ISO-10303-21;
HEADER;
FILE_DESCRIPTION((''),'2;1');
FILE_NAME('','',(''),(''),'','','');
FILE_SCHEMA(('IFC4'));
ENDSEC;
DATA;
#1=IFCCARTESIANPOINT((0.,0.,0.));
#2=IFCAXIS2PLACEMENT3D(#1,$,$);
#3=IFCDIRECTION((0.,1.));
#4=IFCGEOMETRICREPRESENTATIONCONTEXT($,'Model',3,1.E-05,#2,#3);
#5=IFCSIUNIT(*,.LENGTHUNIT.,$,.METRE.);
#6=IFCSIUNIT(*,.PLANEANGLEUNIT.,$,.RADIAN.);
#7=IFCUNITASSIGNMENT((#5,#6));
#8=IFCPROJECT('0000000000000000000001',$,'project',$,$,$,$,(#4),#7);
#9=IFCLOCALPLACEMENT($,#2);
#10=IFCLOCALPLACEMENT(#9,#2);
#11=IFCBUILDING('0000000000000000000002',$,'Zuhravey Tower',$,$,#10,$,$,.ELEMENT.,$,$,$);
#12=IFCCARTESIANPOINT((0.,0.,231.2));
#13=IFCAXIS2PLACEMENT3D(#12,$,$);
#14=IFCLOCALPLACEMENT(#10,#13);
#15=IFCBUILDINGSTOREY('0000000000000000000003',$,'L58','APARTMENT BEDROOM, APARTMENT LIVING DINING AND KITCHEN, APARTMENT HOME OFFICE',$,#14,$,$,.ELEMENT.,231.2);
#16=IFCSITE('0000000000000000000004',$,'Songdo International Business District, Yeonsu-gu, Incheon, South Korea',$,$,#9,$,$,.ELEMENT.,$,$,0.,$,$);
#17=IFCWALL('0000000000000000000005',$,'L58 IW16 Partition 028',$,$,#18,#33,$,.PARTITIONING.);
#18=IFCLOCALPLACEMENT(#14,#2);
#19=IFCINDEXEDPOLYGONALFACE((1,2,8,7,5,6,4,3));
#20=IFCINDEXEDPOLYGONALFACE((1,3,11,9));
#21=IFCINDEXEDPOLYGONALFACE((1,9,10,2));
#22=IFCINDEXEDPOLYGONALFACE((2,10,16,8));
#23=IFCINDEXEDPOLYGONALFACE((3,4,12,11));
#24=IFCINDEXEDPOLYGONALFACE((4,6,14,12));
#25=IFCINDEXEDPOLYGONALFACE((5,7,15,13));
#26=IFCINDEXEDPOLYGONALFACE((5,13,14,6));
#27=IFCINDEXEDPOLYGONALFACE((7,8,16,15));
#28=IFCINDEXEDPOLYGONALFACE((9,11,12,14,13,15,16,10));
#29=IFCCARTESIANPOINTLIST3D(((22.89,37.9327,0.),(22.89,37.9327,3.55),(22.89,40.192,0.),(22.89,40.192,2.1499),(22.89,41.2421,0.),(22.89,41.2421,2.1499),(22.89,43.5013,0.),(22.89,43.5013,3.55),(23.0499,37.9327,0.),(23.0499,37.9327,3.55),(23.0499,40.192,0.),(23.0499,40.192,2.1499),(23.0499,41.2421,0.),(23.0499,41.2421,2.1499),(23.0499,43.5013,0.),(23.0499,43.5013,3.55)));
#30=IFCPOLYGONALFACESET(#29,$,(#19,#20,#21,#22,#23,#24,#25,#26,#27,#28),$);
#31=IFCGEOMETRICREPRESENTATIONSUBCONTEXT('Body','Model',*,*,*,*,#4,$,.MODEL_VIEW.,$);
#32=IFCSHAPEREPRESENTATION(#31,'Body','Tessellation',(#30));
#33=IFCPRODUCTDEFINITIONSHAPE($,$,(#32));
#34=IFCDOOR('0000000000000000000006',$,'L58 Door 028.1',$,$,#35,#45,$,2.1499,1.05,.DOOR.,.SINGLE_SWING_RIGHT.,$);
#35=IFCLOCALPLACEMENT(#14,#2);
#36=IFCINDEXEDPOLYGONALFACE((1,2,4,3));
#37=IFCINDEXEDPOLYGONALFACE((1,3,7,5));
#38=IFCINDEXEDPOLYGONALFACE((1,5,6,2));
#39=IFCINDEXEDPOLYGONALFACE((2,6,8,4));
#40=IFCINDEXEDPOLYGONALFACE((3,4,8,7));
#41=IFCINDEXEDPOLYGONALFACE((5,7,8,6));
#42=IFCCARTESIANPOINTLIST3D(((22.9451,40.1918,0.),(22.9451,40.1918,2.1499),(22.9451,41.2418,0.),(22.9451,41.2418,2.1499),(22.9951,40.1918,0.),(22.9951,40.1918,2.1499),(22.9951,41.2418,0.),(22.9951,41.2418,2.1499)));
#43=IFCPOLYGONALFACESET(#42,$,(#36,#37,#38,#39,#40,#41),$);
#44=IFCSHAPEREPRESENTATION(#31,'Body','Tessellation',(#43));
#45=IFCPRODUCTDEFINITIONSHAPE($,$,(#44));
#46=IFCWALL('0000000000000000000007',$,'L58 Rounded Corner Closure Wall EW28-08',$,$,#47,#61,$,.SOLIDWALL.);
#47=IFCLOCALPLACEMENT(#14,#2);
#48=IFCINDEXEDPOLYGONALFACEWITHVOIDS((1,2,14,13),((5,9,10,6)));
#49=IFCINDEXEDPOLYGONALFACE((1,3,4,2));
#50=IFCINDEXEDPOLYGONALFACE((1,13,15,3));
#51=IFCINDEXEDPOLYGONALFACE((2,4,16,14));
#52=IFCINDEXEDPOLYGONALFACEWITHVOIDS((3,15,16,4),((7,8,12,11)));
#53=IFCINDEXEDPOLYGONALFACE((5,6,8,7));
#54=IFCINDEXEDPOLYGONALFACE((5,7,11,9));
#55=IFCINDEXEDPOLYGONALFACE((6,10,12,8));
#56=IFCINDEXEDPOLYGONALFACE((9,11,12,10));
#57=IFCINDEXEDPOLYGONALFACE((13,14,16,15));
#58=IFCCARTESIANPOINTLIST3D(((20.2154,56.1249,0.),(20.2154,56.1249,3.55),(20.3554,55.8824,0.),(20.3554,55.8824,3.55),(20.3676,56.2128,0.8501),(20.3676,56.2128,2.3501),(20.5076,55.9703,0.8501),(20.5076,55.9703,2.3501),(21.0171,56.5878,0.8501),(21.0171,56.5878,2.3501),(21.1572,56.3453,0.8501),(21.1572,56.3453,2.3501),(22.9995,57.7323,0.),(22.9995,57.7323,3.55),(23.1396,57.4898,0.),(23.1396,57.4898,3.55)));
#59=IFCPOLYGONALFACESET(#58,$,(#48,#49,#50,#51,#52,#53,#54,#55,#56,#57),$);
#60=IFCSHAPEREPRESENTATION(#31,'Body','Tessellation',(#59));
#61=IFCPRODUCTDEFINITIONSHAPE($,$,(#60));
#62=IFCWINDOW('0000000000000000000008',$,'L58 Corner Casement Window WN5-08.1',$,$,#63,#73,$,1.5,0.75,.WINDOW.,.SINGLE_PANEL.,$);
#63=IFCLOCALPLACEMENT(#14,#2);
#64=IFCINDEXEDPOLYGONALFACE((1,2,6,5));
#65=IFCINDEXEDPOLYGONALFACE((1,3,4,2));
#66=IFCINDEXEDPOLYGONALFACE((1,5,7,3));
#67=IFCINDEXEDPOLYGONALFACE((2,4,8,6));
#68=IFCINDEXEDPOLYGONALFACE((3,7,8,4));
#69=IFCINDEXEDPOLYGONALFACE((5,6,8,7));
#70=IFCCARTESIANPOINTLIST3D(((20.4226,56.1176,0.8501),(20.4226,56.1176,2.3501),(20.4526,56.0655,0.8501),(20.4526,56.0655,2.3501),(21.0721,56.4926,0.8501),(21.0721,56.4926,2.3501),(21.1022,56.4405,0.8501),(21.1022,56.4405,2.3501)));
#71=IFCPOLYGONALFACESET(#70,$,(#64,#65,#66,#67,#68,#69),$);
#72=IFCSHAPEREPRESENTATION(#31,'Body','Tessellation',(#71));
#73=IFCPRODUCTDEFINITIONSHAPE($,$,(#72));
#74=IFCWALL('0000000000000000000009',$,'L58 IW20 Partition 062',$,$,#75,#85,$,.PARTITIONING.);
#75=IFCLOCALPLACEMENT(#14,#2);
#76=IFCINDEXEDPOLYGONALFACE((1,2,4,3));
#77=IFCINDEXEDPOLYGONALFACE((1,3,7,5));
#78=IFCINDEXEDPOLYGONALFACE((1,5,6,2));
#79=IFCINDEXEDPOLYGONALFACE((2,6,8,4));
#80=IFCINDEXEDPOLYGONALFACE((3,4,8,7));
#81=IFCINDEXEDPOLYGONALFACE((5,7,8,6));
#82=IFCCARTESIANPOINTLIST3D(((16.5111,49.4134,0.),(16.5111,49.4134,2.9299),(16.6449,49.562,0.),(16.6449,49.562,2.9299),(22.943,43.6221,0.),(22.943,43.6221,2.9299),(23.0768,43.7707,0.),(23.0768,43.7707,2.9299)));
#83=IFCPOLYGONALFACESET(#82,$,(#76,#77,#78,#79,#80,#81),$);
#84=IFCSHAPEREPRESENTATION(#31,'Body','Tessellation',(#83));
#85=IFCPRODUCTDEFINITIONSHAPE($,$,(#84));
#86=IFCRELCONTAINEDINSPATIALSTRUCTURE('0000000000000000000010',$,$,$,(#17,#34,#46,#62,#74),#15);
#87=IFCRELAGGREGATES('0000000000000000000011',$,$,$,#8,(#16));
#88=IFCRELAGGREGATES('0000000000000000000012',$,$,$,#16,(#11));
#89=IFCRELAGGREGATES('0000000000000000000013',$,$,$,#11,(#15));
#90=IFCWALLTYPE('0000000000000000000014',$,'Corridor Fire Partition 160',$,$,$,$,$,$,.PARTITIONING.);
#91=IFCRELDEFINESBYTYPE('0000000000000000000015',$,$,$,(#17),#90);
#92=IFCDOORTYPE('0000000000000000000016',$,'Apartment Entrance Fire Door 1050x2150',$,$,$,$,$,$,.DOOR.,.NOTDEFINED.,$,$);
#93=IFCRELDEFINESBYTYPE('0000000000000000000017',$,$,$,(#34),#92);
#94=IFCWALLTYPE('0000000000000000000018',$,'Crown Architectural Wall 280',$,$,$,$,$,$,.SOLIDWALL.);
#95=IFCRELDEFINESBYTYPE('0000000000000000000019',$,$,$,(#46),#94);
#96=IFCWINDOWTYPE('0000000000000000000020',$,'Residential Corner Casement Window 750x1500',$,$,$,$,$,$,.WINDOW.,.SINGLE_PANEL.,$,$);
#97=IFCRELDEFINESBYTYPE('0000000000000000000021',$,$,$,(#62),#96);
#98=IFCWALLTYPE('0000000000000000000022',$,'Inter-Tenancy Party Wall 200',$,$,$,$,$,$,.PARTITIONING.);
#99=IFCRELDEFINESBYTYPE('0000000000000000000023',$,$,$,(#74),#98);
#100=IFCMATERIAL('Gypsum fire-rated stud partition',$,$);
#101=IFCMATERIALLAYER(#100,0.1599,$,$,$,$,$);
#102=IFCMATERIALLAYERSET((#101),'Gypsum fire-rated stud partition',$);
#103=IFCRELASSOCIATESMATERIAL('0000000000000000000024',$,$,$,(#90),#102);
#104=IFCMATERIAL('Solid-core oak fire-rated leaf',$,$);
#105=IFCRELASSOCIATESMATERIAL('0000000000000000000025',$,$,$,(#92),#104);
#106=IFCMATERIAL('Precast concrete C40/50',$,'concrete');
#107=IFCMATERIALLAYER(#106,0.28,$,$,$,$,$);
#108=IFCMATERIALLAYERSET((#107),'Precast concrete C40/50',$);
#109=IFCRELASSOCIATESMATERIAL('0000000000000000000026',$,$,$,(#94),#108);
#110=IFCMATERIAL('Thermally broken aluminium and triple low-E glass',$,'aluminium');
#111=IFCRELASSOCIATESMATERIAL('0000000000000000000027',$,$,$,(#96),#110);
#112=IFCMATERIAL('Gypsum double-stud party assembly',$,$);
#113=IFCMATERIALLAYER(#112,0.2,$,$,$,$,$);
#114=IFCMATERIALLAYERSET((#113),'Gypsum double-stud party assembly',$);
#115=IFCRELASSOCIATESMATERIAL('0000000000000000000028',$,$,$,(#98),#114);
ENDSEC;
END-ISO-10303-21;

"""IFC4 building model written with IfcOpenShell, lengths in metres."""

from ifc_helpers import new_model, si_unit, direction, frame, frame_2d, origin, place, context, subcontext, project, spatial, rectangle, extrude, material, layer, layer_set, type_object, element, fill, save


model = new_model("IFC4")

# Units and contexts
model_context = context("Model", 3, precision=1e-05, world=origin(), true_north=direction((0.0, 1.0)))
body_context = subcontext(model_context, "Body", "Model", "MODEL_VIEW")
ifc_project = project(units=[si_unit("LENGTHUNIT", "METRE"), si_unit("PLANEANGLEUNIT", "RADIAN")], contexts=[model_context])

# Site, building, storey
site_placement = place(None, origin())
site = spatial("IfcSite", under=ifc_project, at=site_placement, Name="Songdo International Business District, Yeonsu-gu, Incheon, South Korea", CompositionType="ELEMENT", RefElevation=0.0)
building_placement = place(site_placement, origin())
building = spatial("IfcBuilding", under=site, at=building_placement, Name="Zuhravey Tower", CompositionType="ELEMENT")
storey_placement = place(building_placement, frame((0.0, 0.0, 231.2)))
storey = spatial("IfcBuildingStorey", under=building, at=storey_placement, Name="L58", Description="APARTMENT BEDROOM, APARTMENT LIVING DINING AND KITCHEN, APARTMENT HOME OFFICE", CompositionType="ELEMENT", Elevation=231.2)

# Wall, opening, door
ifc_material_1 = material(Name="Gypsum fire-rated stud partition")
ifc_layer_1 = layer(ifc_material_1, 0.1599)
ifc_layer_set_1 = layer_set([ifc_layer_1], Name="Gypsum fire-rated stud partition")
wall_type_1 = type_object("IfcWallType", Name="Corridor Fire Partition 160", PredefinedType="PARTITIONING", material=ifc_layer_set_1)
wall_1_placement = place(storey_placement, frame((22.97, 43.5012, 0.0), z_axis=(0.0, 0.0, 1.0), x_axis=(0.0, -1.0, 0.0)))
wall_1 = element("IfcWall", 1, at=wall_1_placement, inside=storey, type_object=wall_type_1, Name="L58 IW16 Partition 028", PredefinedType="PARTITIONING", context=body_context, shape_type="SweptSolid", body=[
    extrude(rectangle(XDim=5.5686, YDim=0.1599, at=frame_2d((2.7842, 0.0))), origin(), (0.0, 0.0, 1.0), 3.55),
])
opening_1_placement = place(wall_1_placement, frame((2.2593, 0.0, 0.0)))
opening_1 = element("IfcOpeningElement", 2, at=opening_1_placement, cuts=wall_1, PredefinedType="OPENING", context=body_context, shape_type="SweptSolid", body=[
    extrude(rectangle(XDim=1.05, YDim=2.1499, at=frame_2d((0.5249, 1.075))), frame((0.0, 0.092, 0.0), z_axis=(0.0, -1.0, 0.0), x_axis=(1.0, 0.0, 0.0)), (0.0, 0.0, 1.0), 0.1838),
])
ifc_material_2 = material(Name="Solid-core oak fire-rated leaf")
door_type = type_object("IfcDoorType", Name="Apartment Entrance Fire Door 1050x2150", OperationType="NOTDEFINED", PredefinedType="DOOR", material=ifc_material_2)
door_placement = place(opening_1_placement, frame((1.05, 0.0, 0.0), z_axis=(0.0, 0.0, 1.0), x_axis=(-1.0, 0.0, 0.0)))
door = element("IfcDoor", 3, at=door_placement, inside=storey, type_object=door_type, Name="L58 Door 028.1", OperationType="SINGLE_SWING_RIGHT", OverallHeight=2.1499, OverallWidth=1.05, PredefinedType="DOOR", context=body_context, shape_type="SweptSolid", body=[
    extrude(rectangle(XDim=1.05, YDim=2.1499, at=frame_2d((0.5249, 1.075))), frame((0.0, 0.0249, 0.0), z_axis=(0.0, -1.0, 0.0), x_axis=(1.0, 0.0, 0.0)), (0.0, 0.0, 1.0), 0.05),
])
fill(opening_1, door)

# Wall, opening, window
ifc_material_3 = material(Name="Precast concrete C40/50", Category="concrete")
ifc_layer_2 = layer(ifc_material_3, 0.28)
ifc_layer_set_2 = layer_set([ifc_layer_2], Name="Precast concrete C40/50")
wall_type_2 = type_object("IfcWallType", Name="Crown Architectural Wall 280", PredefinedType="SOLIDWALL", material=ifc_layer_set_2)
wall_2_placement = place(storey_placement, frame((20.2854, 56.0037, 0.0), z_axis=(0.0, 0.0, 1.0), x_axis=(0.866029, 0.499994, 0.0)))
wall_2 = element("IfcWall", 4, at=wall_2_placement, inside=storey, type_object=wall_type_2, Name="L58 Rounded Corner Closure Wall EW28-08", PredefinedType="SOLIDWALL", context=body_context, shape_type="SweptSolid", body=[
    extrude(rectangle(XDim=3.2148, YDim=0.28, at=frame_2d((1.6074, 0.0))), origin(), (0.0, 0.0, 1.0), 3.55),
])
opening_2_placement = place(wall_2_placement, frame((0.1758, 0.0, 0.8501)))
opening_2 = element("IfcOpeningElement", 5, at=opening_2_placement, cuts=wall_2, PredefinedType="OPENING", context=body_context, shape_type="SweptSolid", body=[
    extrude(rectangle(XDim=0.75, YDim=1.5, at=frame_2d((0.375, 0.75))), frame((0.0, 0.1521, 0.0), z_axis=(0.0, -1.0, 0.0), x_axis=(1.0, 0.0, 0.0)), (0.0, 0.0, 1.0), 0.304),
])
ifc_material_4 = material(Name="Thermally broken aluminium and triple low-E glass", Category="aluminium")
window_type = type_object("IfcWindowType", Name="Residential Corner Casement Window 750x1500", PartitioningType="SINGLE_PANEL", PredefinedType="WINDOW", material=ifc_material_4)
window_placement = place(opening_2_placement, origin())
window = element("IfcWindow", 6, at=window_placement, inside=storey, type_object=window_type, Name="L58 Corner Casement Window WN5-08.1", OverallHeight=1.5, OverallWidth=0.75, PartitioningType="SINGLE_PANEL", PredefinedType="WINDOW", context=body_context, shape_type="SweptSolid", body=[
    extrude(rectangle(XDim=0.75, YDim=1.5, at=frame_2d((0.375, 0.75))), frame((0.0, 0.03, 0.0), z_axis=(0.0, -1.0, 0.0), x_axis=(1.0, 0.0, 0.0)), (0.0, 0.0, 1.0), 0.0601),
])
fill(opening_2, window)

# Wall
ifc_material_5 = material(Name="Gypsum double-stud party assembly")
ifc_layer_3 = layer(ifc_material_5, 0.2)
ifc_layer_set_3 = layer_set([ifc_layer_3], Name="Gypsum double-stud party assembly")
wall_type_3 = type_object("IfcWallType", Name="Inter-Tenancy Party Wall 200", PredefinedType="PARTITIONING", material=ifc_layer_set_3)
wall_3_placement = place(storey_placement, frame((23.01, 43.6963, 0.0), z_axis=(0.0, 0.0, 1.0), x_axis=(-0.743147, 0.669128, 0.0)))
element("IfcWall", 7, at=wall_3_placement, inside=storey, type_object=wall_type_3, Name="L58 IW20 Partition 062", PredefinedType="PARTITIONING", context=body_context, shape_type="SweptSolid", body=[
    extrude(rectangle(XDim=8.655, YDim=0.2, at=frame_2d((4.3276, 0.0))), origin(), (0.0, 0.0, 1.0), 2.9299),
])

save(model, "model.ifc")
